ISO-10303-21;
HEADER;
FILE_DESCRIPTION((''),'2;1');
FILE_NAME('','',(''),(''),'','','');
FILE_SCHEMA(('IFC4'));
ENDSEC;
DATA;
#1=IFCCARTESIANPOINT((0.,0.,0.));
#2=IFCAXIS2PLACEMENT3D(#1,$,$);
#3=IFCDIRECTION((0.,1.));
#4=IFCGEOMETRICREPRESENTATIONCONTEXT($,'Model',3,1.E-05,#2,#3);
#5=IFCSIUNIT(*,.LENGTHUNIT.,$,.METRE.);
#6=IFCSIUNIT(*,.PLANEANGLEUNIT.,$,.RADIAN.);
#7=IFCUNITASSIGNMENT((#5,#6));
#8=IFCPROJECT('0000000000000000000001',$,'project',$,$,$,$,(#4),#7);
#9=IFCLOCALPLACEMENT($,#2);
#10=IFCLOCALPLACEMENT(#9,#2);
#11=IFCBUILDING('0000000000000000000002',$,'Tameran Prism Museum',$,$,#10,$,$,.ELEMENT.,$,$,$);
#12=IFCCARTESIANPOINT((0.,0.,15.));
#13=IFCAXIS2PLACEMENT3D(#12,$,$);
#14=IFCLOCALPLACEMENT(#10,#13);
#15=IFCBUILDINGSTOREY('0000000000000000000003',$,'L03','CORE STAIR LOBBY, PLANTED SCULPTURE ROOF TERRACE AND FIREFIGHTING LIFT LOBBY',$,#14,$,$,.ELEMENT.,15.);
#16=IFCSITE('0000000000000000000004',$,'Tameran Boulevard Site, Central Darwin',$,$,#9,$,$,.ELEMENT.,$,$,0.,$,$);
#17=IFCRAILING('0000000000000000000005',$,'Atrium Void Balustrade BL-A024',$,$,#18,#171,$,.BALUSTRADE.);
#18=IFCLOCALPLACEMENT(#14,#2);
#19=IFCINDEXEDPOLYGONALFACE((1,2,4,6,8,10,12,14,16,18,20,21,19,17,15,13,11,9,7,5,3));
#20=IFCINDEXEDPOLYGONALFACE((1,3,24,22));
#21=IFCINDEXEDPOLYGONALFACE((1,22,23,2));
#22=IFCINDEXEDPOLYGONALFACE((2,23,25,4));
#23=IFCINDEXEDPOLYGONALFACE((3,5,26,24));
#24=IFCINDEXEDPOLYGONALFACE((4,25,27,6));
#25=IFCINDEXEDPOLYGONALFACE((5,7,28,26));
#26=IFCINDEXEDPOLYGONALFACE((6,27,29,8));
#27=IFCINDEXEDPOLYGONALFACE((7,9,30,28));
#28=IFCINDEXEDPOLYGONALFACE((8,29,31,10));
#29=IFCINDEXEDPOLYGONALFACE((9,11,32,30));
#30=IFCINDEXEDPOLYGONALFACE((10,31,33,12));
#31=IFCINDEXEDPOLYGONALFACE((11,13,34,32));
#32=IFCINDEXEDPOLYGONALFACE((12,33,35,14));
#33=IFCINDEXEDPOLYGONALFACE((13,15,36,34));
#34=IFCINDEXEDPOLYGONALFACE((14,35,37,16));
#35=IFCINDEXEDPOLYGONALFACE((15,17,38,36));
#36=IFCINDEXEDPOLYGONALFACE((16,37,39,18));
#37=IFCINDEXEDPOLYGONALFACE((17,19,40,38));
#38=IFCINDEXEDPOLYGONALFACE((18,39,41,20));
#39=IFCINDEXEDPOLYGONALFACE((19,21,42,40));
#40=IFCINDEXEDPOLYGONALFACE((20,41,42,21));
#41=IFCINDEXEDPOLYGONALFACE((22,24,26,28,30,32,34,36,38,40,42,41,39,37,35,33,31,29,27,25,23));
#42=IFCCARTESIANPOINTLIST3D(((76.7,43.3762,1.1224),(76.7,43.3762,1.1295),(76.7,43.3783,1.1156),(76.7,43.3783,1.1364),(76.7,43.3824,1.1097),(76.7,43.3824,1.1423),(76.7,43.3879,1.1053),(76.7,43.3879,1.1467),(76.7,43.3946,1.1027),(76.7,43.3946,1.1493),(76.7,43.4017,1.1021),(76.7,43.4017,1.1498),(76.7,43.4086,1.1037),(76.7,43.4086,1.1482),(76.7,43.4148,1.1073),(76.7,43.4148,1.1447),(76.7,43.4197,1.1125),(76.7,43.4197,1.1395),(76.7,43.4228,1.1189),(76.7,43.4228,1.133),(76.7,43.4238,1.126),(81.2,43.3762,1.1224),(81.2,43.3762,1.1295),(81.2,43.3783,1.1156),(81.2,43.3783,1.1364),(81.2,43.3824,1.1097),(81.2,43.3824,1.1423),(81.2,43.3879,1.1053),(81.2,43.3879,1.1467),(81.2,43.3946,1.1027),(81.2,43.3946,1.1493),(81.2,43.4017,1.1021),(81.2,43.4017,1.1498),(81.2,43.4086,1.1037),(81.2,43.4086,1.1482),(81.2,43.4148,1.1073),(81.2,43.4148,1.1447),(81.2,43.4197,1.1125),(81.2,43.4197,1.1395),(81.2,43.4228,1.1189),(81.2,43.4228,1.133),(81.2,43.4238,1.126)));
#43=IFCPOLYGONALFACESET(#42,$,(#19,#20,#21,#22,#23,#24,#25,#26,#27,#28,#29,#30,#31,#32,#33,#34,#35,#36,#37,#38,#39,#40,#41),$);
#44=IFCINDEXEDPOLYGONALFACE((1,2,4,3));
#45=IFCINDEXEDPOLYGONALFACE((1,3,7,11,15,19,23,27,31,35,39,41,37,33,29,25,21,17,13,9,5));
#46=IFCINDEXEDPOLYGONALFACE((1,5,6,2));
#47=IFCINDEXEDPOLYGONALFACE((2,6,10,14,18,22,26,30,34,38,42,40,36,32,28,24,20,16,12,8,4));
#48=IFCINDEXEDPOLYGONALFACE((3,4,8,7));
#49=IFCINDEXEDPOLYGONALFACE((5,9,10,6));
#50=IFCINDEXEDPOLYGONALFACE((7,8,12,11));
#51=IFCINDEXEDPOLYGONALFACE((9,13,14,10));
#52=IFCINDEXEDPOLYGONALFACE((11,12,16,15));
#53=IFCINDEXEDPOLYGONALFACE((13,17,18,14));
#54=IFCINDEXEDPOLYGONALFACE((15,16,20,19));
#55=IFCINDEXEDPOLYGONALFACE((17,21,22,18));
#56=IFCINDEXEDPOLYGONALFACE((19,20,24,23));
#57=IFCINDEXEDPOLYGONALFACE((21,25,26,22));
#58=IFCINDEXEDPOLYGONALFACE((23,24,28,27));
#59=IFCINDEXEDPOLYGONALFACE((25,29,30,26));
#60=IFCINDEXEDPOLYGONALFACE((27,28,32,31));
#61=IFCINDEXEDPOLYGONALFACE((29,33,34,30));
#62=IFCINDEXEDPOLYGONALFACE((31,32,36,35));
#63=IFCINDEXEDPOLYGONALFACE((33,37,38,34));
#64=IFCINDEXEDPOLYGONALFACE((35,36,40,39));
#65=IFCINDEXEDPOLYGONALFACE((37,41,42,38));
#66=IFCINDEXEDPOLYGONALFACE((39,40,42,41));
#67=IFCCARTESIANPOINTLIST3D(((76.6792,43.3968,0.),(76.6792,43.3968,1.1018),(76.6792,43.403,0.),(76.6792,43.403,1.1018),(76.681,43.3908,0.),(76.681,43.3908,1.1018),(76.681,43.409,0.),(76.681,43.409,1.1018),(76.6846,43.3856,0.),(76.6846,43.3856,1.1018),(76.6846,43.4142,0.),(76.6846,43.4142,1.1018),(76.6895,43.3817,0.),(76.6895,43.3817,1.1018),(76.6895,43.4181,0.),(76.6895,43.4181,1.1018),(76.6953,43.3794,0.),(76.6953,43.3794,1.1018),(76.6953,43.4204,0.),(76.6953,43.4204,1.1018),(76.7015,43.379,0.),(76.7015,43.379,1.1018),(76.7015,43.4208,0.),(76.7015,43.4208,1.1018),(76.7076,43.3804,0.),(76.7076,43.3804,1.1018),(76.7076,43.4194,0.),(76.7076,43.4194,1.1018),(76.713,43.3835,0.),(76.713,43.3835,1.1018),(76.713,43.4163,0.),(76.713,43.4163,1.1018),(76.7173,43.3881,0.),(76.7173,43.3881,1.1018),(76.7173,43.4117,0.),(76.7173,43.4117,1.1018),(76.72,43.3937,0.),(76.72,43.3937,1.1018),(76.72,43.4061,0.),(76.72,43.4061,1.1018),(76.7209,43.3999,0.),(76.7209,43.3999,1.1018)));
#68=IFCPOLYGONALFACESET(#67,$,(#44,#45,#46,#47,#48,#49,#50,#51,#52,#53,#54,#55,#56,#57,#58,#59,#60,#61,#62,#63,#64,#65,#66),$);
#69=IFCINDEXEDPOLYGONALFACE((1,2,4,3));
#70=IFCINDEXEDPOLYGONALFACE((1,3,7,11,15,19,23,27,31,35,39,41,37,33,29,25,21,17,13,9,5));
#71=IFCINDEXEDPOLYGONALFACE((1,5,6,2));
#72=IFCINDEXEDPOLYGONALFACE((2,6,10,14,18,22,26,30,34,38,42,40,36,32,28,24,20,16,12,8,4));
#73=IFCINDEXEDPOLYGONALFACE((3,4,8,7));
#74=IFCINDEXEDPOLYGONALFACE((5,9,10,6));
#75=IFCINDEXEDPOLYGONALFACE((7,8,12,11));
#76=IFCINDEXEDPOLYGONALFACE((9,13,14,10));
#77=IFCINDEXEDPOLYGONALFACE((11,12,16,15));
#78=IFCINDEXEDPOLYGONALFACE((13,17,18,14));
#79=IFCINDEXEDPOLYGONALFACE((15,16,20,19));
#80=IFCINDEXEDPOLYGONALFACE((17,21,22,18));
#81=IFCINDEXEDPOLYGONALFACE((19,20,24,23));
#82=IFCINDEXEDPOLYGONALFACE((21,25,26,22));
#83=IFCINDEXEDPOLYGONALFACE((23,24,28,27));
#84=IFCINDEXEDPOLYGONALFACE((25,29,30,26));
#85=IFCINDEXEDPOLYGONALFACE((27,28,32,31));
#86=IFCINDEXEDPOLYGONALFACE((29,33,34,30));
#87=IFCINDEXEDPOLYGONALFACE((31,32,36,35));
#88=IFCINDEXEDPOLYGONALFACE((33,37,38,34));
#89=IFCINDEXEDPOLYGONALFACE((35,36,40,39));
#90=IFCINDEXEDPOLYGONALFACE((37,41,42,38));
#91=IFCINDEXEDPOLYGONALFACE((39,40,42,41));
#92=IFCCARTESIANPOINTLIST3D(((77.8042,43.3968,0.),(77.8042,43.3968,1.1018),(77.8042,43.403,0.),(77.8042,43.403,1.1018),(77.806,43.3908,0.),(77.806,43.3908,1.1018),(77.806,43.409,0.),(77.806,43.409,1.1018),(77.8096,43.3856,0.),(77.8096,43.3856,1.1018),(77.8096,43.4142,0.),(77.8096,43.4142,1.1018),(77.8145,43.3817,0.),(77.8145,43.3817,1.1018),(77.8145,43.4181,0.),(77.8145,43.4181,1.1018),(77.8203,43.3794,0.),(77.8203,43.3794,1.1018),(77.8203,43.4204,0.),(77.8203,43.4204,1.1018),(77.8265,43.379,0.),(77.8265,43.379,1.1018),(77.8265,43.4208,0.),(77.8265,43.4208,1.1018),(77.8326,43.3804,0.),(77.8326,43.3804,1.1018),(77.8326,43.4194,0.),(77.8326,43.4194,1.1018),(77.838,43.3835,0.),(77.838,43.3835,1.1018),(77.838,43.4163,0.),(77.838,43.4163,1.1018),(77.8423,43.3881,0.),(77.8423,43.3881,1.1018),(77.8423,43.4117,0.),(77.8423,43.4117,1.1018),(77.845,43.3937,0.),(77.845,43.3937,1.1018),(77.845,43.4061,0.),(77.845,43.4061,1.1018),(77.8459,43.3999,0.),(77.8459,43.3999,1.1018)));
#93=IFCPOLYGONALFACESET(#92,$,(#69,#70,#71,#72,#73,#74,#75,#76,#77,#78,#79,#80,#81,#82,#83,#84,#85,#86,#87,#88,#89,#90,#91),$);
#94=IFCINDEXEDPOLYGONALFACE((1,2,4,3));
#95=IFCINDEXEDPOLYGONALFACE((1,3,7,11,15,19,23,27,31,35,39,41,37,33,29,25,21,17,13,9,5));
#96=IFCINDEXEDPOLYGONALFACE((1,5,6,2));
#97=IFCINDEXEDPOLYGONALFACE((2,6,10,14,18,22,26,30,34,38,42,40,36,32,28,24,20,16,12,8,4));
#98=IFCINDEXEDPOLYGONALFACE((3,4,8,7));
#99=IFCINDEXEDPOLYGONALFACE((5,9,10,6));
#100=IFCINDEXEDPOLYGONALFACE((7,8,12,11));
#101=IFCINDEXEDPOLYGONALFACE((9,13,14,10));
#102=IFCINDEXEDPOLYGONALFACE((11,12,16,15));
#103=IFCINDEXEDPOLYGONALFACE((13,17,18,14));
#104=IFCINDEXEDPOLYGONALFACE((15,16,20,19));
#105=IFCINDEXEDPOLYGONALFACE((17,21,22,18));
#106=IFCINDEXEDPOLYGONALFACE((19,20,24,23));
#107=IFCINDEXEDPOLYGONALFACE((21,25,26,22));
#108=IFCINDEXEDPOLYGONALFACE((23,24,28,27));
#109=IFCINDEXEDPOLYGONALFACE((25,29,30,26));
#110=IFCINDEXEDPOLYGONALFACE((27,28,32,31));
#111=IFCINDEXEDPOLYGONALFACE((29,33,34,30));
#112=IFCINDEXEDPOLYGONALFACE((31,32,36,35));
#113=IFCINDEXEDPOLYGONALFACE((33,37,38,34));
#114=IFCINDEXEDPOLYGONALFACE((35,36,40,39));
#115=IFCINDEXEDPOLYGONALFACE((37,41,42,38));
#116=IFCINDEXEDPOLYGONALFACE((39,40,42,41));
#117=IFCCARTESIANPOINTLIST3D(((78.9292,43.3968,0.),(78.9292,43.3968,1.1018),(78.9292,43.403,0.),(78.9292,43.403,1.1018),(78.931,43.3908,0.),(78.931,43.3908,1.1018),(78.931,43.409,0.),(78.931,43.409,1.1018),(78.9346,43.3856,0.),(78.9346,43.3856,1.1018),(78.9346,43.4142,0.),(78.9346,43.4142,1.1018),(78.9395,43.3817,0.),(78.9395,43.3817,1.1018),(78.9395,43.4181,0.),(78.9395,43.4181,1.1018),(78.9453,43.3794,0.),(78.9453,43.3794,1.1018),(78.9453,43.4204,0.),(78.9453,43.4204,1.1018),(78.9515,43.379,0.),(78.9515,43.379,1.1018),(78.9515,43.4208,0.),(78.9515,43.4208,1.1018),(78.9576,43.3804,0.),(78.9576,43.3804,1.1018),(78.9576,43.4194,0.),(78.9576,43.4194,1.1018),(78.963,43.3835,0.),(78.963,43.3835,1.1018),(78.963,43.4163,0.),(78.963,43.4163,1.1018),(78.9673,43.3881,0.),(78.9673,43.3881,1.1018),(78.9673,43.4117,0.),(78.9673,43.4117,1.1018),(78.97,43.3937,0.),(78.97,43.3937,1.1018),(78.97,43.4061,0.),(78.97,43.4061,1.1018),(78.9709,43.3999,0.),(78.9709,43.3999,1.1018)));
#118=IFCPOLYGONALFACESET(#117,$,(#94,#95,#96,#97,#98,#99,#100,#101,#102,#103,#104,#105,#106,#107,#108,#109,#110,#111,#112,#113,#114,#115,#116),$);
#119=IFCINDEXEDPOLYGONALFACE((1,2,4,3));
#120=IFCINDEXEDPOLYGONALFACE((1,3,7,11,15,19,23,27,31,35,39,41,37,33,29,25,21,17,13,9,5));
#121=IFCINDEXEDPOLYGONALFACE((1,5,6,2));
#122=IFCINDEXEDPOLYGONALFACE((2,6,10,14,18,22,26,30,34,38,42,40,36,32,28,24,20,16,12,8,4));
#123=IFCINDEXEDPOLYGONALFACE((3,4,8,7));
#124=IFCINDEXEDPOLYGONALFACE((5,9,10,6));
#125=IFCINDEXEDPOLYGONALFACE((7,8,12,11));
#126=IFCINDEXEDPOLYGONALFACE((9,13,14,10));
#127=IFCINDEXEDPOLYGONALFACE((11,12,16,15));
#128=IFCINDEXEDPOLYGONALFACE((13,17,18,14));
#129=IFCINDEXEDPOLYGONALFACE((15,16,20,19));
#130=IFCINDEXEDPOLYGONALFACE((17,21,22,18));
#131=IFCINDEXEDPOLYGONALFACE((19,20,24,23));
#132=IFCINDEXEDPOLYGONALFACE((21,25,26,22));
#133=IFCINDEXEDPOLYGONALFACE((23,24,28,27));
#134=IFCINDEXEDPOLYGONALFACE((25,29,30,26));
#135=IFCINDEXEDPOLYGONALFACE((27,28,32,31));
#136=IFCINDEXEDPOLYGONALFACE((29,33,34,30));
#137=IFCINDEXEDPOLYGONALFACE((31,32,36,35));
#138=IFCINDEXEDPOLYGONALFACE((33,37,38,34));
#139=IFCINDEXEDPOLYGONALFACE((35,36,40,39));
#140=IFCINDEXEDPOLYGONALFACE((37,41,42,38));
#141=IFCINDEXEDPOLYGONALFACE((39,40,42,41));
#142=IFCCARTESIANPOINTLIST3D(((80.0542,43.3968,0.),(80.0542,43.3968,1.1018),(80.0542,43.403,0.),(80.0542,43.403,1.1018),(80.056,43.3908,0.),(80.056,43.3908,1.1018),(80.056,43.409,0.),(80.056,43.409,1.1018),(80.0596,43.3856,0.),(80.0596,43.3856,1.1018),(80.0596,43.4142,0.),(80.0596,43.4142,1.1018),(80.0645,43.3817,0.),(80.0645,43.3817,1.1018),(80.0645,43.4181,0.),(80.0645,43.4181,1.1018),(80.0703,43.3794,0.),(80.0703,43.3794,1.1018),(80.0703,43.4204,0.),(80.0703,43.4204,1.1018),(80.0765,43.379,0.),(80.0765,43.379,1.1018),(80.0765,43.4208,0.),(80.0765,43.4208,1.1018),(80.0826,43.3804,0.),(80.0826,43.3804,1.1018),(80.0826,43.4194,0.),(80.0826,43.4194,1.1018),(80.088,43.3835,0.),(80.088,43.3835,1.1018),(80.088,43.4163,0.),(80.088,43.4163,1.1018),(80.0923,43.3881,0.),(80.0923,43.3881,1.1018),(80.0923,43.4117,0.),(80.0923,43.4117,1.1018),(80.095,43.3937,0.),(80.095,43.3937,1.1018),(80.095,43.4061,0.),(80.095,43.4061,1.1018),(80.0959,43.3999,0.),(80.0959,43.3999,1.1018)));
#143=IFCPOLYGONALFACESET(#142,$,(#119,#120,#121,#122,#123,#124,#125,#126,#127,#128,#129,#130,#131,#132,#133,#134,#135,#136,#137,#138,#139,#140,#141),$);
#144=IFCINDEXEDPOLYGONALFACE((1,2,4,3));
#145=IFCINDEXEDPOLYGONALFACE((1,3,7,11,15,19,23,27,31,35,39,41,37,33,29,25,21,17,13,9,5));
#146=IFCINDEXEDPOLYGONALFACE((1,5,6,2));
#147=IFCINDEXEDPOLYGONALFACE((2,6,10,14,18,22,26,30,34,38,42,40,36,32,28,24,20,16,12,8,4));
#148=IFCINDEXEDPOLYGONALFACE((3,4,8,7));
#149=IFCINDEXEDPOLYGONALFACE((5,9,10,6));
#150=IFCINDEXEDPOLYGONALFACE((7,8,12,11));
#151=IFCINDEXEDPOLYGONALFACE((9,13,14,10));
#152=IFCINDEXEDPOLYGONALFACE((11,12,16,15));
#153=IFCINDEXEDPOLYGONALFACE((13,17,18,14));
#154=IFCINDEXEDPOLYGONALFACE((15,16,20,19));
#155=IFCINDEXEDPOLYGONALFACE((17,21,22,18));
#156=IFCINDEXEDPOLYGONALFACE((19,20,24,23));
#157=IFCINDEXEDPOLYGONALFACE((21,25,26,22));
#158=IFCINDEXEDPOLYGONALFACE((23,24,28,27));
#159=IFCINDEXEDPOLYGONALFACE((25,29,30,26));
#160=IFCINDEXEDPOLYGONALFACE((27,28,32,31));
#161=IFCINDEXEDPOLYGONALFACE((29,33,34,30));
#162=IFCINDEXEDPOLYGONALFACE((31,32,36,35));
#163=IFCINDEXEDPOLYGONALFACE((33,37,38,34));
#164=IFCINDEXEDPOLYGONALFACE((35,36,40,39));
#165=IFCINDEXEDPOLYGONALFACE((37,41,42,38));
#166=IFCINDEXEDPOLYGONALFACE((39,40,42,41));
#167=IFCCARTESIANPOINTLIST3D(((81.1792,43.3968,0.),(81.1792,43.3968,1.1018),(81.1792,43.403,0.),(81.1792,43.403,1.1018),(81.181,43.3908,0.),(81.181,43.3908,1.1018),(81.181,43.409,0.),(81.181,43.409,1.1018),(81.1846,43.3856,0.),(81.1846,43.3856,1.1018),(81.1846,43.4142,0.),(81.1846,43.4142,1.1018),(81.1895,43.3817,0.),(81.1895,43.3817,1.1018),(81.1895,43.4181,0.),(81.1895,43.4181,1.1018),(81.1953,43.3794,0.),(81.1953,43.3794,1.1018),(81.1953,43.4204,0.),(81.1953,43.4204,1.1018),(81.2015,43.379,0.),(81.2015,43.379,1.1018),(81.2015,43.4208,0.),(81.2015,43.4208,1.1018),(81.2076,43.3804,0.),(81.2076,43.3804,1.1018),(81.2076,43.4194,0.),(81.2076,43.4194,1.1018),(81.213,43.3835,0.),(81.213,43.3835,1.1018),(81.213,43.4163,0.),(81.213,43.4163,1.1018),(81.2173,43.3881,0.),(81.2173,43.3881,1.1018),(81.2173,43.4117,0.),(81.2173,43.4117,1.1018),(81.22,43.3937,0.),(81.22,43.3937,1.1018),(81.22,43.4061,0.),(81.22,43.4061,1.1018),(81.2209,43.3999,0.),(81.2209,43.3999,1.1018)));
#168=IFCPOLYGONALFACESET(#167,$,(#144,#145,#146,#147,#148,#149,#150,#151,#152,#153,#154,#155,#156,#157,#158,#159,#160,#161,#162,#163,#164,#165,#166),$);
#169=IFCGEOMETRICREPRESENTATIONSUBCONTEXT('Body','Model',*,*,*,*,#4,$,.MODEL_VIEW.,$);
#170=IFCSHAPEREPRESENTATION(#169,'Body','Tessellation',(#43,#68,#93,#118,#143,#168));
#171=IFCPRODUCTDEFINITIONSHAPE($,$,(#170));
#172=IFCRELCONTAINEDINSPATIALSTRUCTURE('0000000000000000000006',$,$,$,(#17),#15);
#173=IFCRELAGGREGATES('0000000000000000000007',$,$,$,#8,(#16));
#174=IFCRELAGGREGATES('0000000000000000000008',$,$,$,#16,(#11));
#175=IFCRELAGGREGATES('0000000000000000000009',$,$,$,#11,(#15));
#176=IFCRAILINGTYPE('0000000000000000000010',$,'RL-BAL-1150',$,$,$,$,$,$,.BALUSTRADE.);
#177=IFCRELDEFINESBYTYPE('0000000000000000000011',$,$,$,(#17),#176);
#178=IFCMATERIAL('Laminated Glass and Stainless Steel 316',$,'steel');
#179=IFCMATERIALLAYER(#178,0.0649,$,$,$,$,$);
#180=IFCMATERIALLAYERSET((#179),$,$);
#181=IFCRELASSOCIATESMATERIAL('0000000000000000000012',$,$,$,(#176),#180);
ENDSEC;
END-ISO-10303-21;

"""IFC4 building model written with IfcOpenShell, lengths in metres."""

from ifc_helpers import new_model, si_unit, direction, frame, origin, origin_2d, place, context, subcontext, project, spatial, circle, extrude, material, layer, layer_set, type_object, element, save


model = new_model("IFC4")

# Units and contexts
model_context = context("Model", 3, precision=1e-05, world=origin(), true_north=direction((0.0, 1.0)))
body_context = subcontext(model_context, "Body", "Model", "MODEL_VIEW")
ifc_project = project(units=[si_unit("LENGTHUNIT", "METRE"), si_unit("PLANEANGLEUNIT", "RADIAN")], contexts=[model_context])

# Site, building, storey
site_placement = place(None, origin())
site = spatial("IfcSite", under=ifc_project, at=site_placement, Name="Tameran Boulevard Site, Central Darwin", CompositionType="ELEMENT", RefElevation=0.0)
building_placement = place(site_placement, origin())
building = spatial("IfcBuilding", under=site, at=building_placement, Name="Tameran Prism Museum", CompositionType="ELEMENT")
storey_placement = place(building_placement, frame((0.0, 0.0, 15.0)))
storey = spatial("IfcBuildingStorey", under=building, at=storey_placement, Name="L03", Description="CORE STAIR LOBBY, PLANTED SCULPTURE ROOF TERRACE AND FIREFIGHTING LIFT LOBBY", CompositionType="ELEMENT", Elevation=15.0)

# Railing
ifc_material_1 = material(Name="Laminated Glass and Stainless Steel 316", Category="steel")
ifc_layer_1 = layer(ifc_material_1, 0.0649)
ifc_layer_set_1 = layer_set([ifc_layer_1])
railing_type = type_object("IfcRailingType", Name="RL-BAL-1150", PredefinedType="BALUSTRADE", material=ifc_layer_set_1)
railing_1_placement = place(storey_placement, frame((76.7, 43.3999, 0.0)))
element("IfcRailing", 1, at=railing_1_placement, inside=storey, type_object=railing_type, Name="Atrium Void Balustrade BL-A024", PredefinedType="BALUSTRADE", context=body_context, shape_type="SweptSolid", body=[
    extrude(circle(Radius=0.0239, at=origin_2d()), frame((0.0, 0.0, 1.126), z_axis=(1.0, 0.0, 0.0), x_axis=(0.0, 1.0, 0.0)), (0.0, 0.0, 1.0), 4.5),
    extrude(circle(Radius=0.021, at=origin_2d()), origin(), (0.0, 0.0, 1.0), 1.1018),
    extrude(circle(Radius=0.021, at=origin_2d()), frame((1.125, 0.0, 0.0)), (0.0, 0.0, 1.0), 1.1018),
    extrude(circle(Radius=0.021, at=origin_2d()), frame((2.25, 0.0, 0.0)), (0.0, 0.0, 1.0), 1.1018),
    extrude(circle(Radius=0.021, at=origin_2d()), frame((3.375, 0.0, 0.0)), (0.0, 0.0, 1.0), 1.1018),
    extrude(circle(Radius=0.021, at=origin_2d()), frame((4.5, 0.0, 0.0)), (0.0, 0.0, 1.0), 1.1018),
])

save(model, "model.ifc")
